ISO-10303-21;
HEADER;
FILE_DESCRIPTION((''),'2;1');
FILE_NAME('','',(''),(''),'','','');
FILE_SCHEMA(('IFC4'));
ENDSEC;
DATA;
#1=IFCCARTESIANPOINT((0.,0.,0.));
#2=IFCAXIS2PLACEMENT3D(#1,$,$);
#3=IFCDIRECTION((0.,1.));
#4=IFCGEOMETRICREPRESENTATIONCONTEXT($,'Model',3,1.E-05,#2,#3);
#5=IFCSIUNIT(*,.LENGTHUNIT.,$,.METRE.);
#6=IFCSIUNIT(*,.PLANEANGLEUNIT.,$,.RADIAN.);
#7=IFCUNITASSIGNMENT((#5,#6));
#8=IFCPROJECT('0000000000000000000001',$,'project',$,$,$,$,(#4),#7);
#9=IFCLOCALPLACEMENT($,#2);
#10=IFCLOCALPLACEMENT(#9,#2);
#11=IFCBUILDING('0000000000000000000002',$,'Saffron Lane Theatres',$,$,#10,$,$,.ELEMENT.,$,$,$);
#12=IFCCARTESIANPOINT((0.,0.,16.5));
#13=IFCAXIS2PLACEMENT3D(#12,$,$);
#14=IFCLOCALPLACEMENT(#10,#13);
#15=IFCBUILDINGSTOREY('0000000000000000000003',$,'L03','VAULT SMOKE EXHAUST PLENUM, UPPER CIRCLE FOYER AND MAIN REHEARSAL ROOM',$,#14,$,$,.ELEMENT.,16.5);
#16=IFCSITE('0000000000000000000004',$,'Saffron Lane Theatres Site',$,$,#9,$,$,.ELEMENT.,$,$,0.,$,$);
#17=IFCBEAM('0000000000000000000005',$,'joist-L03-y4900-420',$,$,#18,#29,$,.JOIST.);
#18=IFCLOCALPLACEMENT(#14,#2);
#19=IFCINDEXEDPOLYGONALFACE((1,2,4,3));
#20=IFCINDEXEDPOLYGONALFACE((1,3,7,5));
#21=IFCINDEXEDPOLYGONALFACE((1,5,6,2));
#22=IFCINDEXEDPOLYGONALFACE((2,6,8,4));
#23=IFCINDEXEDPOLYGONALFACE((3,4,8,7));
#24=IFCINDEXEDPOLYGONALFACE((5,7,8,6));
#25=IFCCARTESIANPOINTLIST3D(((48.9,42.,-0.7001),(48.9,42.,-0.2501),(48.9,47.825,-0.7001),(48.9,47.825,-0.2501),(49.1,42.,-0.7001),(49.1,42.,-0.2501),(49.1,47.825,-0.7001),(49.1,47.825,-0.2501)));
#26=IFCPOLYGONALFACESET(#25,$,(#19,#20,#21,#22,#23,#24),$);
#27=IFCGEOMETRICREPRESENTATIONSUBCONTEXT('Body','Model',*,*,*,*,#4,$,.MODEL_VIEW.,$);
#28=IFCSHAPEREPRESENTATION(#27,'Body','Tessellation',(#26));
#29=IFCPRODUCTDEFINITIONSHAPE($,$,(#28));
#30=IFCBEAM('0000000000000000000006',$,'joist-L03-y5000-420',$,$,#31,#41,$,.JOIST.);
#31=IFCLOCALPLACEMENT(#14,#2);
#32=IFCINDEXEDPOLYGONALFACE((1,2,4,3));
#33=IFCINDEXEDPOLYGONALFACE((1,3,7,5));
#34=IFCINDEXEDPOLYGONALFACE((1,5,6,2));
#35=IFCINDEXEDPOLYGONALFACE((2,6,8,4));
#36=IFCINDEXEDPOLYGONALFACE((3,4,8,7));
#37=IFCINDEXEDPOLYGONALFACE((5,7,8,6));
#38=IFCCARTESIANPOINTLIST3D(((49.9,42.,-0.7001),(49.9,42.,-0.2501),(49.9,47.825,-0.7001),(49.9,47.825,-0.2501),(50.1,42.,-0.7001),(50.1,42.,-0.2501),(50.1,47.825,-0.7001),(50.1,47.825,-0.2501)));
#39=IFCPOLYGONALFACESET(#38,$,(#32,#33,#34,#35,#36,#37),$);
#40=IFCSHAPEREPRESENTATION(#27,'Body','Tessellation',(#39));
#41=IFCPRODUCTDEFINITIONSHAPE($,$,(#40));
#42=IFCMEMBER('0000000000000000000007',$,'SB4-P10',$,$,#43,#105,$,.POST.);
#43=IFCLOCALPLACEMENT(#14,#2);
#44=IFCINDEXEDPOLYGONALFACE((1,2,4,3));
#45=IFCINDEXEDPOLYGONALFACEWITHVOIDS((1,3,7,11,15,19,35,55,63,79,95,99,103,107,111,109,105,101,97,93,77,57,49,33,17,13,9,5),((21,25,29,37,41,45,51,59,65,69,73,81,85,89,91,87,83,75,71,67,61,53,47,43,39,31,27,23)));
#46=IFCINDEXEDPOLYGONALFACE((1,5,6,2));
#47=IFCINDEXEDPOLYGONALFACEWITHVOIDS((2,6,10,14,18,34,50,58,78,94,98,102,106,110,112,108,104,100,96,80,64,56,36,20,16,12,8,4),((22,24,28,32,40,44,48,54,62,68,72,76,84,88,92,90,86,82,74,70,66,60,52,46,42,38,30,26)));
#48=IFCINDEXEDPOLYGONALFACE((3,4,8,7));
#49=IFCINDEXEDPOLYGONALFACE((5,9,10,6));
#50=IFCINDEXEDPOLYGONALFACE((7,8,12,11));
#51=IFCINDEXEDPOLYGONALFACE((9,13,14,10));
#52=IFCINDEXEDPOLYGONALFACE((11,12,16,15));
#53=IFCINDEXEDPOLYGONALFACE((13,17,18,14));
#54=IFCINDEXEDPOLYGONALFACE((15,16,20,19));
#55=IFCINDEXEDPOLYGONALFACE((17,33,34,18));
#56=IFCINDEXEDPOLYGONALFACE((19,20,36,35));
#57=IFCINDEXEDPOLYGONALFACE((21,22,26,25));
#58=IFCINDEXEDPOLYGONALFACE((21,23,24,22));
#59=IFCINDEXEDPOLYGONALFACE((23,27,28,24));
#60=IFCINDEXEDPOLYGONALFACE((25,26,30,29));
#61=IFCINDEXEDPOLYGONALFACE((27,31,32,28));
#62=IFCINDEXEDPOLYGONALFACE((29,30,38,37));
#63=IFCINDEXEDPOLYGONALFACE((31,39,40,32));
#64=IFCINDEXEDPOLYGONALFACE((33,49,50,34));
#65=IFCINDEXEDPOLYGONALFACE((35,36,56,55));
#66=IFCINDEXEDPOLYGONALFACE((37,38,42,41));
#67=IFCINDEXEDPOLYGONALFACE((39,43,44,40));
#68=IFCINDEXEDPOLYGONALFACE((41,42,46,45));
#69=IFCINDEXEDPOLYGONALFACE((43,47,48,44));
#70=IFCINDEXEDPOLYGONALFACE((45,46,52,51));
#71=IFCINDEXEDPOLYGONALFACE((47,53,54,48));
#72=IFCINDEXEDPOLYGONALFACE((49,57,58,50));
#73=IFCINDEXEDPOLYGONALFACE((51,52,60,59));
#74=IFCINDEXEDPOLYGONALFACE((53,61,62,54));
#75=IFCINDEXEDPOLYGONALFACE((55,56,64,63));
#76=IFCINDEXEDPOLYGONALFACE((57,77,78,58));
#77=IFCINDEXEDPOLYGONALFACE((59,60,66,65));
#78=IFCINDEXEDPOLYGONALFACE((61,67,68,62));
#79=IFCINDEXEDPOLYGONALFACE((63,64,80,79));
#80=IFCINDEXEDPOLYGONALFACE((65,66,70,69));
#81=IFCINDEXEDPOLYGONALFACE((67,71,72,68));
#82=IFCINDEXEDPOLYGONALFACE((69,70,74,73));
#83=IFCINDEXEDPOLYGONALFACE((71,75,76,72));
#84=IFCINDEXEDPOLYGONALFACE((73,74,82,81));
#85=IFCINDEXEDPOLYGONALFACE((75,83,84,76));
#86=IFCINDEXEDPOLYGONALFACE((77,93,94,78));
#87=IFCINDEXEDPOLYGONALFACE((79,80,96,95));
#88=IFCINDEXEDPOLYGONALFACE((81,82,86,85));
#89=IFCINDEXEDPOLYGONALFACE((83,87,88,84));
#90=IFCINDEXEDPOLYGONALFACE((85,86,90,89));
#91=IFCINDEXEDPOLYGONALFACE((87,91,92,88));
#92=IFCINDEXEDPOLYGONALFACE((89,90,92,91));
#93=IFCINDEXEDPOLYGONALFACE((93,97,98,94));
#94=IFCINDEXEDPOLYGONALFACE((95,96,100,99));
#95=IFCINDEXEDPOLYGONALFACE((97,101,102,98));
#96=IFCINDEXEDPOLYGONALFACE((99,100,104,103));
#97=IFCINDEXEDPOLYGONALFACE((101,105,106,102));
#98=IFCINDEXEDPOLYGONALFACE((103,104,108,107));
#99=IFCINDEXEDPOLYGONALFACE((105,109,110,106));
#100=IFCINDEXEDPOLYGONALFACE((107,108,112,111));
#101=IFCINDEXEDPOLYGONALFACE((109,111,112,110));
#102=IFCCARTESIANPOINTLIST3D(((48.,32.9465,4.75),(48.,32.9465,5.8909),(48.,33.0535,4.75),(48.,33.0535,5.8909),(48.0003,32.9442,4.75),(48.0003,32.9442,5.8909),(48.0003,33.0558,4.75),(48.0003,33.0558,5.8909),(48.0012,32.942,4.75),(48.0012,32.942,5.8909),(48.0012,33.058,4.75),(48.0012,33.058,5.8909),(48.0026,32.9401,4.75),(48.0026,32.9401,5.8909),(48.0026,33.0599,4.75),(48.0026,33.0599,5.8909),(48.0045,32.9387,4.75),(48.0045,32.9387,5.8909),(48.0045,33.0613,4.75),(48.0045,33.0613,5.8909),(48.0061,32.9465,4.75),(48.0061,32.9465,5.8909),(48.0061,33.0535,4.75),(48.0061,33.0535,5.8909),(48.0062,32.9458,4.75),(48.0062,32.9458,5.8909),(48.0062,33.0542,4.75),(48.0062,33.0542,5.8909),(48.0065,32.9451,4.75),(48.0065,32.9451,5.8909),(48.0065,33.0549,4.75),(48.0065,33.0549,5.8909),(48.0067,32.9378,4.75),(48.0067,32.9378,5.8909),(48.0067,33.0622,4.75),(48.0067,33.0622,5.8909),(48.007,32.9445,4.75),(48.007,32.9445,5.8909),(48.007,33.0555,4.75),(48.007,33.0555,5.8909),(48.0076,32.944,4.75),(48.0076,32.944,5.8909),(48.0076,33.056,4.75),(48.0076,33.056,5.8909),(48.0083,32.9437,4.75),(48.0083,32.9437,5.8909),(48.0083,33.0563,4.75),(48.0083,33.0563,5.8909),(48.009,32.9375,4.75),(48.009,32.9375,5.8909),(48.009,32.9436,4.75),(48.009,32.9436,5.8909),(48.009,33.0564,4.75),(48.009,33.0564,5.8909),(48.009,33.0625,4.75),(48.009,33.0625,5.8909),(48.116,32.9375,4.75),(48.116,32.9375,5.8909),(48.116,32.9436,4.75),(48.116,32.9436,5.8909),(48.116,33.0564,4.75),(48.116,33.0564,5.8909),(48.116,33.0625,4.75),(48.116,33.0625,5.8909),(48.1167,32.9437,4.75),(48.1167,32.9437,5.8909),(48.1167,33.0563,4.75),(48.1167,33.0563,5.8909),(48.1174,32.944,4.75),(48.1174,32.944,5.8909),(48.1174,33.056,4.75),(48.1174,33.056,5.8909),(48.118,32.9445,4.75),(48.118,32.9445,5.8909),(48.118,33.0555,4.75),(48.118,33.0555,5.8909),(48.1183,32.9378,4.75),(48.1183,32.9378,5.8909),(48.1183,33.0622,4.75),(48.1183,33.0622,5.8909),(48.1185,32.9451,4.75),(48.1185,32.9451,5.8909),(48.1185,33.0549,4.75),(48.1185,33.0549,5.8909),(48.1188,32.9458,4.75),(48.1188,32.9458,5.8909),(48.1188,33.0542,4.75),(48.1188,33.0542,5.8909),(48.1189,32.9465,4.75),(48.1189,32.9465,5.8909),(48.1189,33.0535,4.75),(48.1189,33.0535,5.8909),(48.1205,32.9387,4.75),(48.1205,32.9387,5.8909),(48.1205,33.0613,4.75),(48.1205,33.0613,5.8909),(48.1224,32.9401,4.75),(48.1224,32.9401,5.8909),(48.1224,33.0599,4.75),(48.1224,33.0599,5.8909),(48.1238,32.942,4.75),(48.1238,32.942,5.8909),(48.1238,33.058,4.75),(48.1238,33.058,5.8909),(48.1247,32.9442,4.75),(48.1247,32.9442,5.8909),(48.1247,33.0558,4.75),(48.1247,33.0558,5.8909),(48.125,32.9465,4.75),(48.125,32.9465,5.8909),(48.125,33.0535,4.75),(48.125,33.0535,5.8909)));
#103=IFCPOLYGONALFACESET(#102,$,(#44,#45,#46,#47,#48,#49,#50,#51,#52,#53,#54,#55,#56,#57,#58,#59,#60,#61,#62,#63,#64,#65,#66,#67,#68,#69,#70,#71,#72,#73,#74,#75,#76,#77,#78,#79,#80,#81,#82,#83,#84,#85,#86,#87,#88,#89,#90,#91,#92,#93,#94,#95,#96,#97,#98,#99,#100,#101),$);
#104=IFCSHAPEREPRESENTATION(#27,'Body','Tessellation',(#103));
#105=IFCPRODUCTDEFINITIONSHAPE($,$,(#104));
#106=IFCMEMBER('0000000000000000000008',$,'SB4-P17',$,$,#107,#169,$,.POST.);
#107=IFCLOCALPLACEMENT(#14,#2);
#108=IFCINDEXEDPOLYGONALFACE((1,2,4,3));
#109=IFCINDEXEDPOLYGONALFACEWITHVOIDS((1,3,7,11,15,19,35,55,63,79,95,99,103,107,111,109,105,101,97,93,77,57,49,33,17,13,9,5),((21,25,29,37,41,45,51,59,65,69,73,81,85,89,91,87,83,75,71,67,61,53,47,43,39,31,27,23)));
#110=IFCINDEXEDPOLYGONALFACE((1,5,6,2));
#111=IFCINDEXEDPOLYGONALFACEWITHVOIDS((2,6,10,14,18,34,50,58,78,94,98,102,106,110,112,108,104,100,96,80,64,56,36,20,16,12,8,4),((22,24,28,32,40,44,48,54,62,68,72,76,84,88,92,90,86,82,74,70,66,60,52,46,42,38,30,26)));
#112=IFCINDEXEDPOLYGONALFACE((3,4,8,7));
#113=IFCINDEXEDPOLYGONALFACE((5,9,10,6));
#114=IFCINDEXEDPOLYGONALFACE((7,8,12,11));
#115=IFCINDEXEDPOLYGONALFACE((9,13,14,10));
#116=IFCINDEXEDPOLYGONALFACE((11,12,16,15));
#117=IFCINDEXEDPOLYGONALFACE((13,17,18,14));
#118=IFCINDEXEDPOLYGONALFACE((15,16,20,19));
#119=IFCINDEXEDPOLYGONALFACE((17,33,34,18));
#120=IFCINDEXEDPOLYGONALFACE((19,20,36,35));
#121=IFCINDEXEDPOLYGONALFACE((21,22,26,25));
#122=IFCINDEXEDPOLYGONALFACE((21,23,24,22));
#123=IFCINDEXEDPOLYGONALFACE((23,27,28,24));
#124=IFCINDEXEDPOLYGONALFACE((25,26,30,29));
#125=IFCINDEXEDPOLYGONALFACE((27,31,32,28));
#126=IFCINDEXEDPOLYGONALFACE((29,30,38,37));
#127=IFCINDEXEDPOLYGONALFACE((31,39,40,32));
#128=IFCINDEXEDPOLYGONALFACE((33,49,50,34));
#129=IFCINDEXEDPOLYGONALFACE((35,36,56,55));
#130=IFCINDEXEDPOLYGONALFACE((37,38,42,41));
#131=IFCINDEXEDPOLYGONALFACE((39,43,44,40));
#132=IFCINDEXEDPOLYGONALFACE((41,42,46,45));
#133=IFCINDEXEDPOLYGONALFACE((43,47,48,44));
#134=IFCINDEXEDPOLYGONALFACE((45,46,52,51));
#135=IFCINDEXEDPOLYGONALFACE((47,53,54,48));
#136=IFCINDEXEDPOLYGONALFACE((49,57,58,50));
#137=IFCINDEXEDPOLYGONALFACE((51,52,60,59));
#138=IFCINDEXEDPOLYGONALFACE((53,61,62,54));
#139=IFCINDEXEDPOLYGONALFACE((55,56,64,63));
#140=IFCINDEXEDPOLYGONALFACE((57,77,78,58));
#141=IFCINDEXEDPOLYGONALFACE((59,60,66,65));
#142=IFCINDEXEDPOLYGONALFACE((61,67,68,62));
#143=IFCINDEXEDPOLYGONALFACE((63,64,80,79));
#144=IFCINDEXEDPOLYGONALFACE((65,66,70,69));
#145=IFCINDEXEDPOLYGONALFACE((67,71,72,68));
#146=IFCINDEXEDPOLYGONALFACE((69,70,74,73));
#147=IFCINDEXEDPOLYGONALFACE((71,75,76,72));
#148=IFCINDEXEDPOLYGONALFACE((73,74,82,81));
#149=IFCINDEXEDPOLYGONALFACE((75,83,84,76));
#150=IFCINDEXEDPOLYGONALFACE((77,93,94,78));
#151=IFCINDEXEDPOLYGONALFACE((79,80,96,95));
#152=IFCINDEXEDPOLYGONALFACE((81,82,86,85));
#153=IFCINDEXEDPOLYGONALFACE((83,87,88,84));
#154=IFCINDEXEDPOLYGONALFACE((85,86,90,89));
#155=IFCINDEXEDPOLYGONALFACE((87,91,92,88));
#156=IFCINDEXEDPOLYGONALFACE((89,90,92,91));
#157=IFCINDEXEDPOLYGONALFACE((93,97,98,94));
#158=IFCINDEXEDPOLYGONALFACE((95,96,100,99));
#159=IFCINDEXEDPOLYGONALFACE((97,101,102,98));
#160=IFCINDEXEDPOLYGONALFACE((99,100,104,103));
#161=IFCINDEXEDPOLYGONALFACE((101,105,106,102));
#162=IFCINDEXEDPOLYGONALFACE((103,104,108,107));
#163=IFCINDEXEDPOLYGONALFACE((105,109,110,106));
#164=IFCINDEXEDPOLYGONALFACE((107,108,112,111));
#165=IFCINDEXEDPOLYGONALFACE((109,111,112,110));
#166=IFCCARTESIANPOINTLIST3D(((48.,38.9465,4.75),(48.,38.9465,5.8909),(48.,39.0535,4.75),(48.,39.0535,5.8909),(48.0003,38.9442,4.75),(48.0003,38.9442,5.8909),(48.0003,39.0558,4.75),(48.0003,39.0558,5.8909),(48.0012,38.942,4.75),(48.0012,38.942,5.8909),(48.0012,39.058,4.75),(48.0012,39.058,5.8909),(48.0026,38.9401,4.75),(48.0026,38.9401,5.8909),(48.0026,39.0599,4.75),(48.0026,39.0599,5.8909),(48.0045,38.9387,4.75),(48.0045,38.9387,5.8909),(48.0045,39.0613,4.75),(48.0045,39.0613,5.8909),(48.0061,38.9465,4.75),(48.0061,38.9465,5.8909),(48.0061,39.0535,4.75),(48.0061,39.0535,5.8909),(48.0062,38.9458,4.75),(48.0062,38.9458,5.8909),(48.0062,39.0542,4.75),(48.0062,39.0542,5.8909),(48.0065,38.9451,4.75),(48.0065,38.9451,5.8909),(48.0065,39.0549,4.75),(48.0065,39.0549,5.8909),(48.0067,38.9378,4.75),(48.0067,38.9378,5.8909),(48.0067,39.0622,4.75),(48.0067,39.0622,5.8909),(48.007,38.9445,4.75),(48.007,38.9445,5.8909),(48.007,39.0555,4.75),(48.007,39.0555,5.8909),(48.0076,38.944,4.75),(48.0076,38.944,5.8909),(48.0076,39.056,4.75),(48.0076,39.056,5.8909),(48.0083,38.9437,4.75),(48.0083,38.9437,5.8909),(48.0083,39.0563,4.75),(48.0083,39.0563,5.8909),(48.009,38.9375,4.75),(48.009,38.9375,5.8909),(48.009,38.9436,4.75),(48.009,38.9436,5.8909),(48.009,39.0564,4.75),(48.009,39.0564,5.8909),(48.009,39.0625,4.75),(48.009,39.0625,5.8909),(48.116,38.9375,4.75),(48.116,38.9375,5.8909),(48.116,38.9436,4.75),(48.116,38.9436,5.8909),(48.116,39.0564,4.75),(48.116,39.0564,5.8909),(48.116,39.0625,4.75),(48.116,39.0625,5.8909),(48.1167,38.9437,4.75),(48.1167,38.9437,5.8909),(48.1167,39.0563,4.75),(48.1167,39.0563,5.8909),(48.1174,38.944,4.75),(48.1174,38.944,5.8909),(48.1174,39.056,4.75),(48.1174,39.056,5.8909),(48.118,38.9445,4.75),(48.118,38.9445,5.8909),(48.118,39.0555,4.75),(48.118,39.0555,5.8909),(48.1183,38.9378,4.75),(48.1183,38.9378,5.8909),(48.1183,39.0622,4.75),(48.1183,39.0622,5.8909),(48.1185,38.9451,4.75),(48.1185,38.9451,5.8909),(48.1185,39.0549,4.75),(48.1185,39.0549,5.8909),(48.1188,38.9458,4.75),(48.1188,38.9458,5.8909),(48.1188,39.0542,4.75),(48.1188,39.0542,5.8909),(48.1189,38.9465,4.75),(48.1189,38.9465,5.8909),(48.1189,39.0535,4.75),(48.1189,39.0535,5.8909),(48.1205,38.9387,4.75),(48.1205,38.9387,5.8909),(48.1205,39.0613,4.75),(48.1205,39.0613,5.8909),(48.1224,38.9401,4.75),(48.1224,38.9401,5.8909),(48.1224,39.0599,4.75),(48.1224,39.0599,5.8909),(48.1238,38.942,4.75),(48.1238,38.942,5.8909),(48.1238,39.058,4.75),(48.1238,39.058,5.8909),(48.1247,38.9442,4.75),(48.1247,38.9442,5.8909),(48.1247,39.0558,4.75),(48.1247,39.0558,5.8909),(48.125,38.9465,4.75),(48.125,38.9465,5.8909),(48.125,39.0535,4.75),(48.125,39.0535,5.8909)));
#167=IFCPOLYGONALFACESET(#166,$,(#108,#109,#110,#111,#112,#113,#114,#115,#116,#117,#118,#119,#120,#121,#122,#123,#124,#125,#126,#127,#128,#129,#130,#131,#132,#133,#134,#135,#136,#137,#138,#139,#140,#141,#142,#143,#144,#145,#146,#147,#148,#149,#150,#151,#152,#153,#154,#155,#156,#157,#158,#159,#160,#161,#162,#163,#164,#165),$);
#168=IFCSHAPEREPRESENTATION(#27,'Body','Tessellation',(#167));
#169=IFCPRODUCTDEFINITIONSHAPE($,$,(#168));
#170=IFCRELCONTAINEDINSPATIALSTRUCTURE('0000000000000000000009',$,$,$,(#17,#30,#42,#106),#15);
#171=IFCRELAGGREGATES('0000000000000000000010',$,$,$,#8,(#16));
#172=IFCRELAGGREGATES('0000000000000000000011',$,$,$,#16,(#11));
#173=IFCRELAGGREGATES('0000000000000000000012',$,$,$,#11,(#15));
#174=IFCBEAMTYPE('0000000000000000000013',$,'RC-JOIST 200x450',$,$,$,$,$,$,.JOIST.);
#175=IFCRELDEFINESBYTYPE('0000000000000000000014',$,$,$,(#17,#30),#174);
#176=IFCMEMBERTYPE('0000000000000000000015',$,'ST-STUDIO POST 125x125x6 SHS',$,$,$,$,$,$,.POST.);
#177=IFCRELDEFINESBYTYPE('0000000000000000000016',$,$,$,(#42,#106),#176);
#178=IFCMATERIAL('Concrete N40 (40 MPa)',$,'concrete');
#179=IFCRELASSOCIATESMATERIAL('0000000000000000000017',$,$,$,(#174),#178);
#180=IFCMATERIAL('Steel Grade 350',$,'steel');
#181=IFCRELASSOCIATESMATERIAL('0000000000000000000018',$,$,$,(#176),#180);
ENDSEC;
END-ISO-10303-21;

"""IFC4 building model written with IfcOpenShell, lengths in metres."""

from ifc_helpers import new_model, si_unit, direction, frame, origin, origin_2d, place, context, subcontext, project, spatial, rectangle, hollow_rectangle, extrude, material, material_profile, profile_set, type_object, element, save


model = new_model("IFC4")

# Units and contexts
model_context = context("Model", 3, precision=1e-05, world=origin(), true_north=direction((0.0, 1.0)))
body_context = subcontext(model_context, "Body", "Model", "MODEL_VIEW")
ifc_project = project(units=[si_unit("LENGTHUNIT", "METRE"), si_unit("PLANEANGLEUNIT", "RADIAN")], contexts=[model_context])

# Site, building, storey
site_placement = place(None, origin())
site = spatial("IfcSite", under=ifc_project, at=site_placement, Name="Saffron Lane Theatres Site", CompositionType="ELEMENT", RefElevation=0.0)
building_placement = place(site_placement, origin())
building = spatial("IfcBuilding", under=site, at=building_placement, Name="Saffron Lane Theatres", CompositionType="ELEMENT")
storey_placement = place(building_placement, frame((0.0, 0.0, 16.5)))
storey = spatial("IfcBuildingStorey", under=building, at=storey_placement, Name="L03", Description="VAULT SMOKE EXHAUST PLENUM, UPPER CIRCLE FOYER AND MAIN REHEARSAL ROOM", CompositionType="ELEMENT", Elevation=16.5)

# Beams
ifc_material_1 = material(Name="Concrete N40 (40 MPa)", Category="concrete")
ifc_material_profile_1 = material_profile(ifc_material_1, rectangle(XDim=0.2, YDim=0.45, at=origin_2d()))
ifc_profile_set_1 = profile_set([ifc_material_profile_1], Name="Concrete N40 (40 MPa)")
beam_type = type_object("IfcBeamType", Name="RC-JOIST 200x450", PredefinedType="JOIST", material=ifc_profile_set_1)
for number, where, z_axis, x_axis, name in (
    (1, (49.0, 42.0, -0.4751), (0.0, 1.0, 0.0), (-1.0, 0.0, 0.0), "joist-L03-y4900-420"),
    (2, (50.0, 42.0, -0.4751), (0.0, 1.0, 0.0), (-1.0, 0.0, 0.0), "joist-L03-y5000-420"),
):
    element("IfcBeam", number, at=place(storey_placement, frame(where, z_axis=z_axis, x_axis=x_axis)), inside=storey, type_object=beam_type, Name=name, PredefinedType="JOIST", context=body_context, shape_type="SweptSolid", body=[
        extrude(rectangle(XDim=0.2, YDim=0.45, at=origin_2d()), origin(), (0.0, 0.0, 1.0), 5.825),
    ])

# Members
ifc_material_2 = material(Name="Steel Grade 350", Category="steel")
ifc_material_profile_2 = material_profile(ifc_material_2, hollow_rectangle(XDim=0.125, YDim=0.125, WallThickness=0.0061, InnerFilletRadius=0.0029, OuterFilletRadius=0.009, at=origin_2d()))
ifc_profile_set_2 = profile_set([ifc_material_profile_2], Name="Steel Grade 350")
member_type_1 = type_object("IfcMemberType", Name="ST-STUDIO POST 125x125x6 SHS", PredefinedType="POST", material=ifc_profile_set_2)
for number, where, z_axis, x_axis, name in (
    (3, (48.0625, 33.0, 4.75), (0.0, 0.0, 1.0), (1.0, 0.0, 0.0), "SB4-P10"),
    (4, (48.0625, 39.0, 4.75), (0.0, 0.0, 1.0), (1.0, 0.0, 0.0), "SB4-P17"),
):
    element("IfcMember", number, at=place(storey_placement, frame(where, z_axis=z_axis, x_axis=x_axis)), inside=storey, type_object=member_type_1, Name=name, PredefinedType="POST", context=body_context, shape_type="SweptSolid", body=[
        extrude(hollow_rectangle(XDim=0.125, YDim=0.125, WallThickness=0.0061, InnerFilletRadius=0.0029, OuterFilletRadius=0.009, at=origin_2d()), origin(), (0.0, 0.0, 1.0), 1.1409),
    ])

save(model, "model.ifc")
